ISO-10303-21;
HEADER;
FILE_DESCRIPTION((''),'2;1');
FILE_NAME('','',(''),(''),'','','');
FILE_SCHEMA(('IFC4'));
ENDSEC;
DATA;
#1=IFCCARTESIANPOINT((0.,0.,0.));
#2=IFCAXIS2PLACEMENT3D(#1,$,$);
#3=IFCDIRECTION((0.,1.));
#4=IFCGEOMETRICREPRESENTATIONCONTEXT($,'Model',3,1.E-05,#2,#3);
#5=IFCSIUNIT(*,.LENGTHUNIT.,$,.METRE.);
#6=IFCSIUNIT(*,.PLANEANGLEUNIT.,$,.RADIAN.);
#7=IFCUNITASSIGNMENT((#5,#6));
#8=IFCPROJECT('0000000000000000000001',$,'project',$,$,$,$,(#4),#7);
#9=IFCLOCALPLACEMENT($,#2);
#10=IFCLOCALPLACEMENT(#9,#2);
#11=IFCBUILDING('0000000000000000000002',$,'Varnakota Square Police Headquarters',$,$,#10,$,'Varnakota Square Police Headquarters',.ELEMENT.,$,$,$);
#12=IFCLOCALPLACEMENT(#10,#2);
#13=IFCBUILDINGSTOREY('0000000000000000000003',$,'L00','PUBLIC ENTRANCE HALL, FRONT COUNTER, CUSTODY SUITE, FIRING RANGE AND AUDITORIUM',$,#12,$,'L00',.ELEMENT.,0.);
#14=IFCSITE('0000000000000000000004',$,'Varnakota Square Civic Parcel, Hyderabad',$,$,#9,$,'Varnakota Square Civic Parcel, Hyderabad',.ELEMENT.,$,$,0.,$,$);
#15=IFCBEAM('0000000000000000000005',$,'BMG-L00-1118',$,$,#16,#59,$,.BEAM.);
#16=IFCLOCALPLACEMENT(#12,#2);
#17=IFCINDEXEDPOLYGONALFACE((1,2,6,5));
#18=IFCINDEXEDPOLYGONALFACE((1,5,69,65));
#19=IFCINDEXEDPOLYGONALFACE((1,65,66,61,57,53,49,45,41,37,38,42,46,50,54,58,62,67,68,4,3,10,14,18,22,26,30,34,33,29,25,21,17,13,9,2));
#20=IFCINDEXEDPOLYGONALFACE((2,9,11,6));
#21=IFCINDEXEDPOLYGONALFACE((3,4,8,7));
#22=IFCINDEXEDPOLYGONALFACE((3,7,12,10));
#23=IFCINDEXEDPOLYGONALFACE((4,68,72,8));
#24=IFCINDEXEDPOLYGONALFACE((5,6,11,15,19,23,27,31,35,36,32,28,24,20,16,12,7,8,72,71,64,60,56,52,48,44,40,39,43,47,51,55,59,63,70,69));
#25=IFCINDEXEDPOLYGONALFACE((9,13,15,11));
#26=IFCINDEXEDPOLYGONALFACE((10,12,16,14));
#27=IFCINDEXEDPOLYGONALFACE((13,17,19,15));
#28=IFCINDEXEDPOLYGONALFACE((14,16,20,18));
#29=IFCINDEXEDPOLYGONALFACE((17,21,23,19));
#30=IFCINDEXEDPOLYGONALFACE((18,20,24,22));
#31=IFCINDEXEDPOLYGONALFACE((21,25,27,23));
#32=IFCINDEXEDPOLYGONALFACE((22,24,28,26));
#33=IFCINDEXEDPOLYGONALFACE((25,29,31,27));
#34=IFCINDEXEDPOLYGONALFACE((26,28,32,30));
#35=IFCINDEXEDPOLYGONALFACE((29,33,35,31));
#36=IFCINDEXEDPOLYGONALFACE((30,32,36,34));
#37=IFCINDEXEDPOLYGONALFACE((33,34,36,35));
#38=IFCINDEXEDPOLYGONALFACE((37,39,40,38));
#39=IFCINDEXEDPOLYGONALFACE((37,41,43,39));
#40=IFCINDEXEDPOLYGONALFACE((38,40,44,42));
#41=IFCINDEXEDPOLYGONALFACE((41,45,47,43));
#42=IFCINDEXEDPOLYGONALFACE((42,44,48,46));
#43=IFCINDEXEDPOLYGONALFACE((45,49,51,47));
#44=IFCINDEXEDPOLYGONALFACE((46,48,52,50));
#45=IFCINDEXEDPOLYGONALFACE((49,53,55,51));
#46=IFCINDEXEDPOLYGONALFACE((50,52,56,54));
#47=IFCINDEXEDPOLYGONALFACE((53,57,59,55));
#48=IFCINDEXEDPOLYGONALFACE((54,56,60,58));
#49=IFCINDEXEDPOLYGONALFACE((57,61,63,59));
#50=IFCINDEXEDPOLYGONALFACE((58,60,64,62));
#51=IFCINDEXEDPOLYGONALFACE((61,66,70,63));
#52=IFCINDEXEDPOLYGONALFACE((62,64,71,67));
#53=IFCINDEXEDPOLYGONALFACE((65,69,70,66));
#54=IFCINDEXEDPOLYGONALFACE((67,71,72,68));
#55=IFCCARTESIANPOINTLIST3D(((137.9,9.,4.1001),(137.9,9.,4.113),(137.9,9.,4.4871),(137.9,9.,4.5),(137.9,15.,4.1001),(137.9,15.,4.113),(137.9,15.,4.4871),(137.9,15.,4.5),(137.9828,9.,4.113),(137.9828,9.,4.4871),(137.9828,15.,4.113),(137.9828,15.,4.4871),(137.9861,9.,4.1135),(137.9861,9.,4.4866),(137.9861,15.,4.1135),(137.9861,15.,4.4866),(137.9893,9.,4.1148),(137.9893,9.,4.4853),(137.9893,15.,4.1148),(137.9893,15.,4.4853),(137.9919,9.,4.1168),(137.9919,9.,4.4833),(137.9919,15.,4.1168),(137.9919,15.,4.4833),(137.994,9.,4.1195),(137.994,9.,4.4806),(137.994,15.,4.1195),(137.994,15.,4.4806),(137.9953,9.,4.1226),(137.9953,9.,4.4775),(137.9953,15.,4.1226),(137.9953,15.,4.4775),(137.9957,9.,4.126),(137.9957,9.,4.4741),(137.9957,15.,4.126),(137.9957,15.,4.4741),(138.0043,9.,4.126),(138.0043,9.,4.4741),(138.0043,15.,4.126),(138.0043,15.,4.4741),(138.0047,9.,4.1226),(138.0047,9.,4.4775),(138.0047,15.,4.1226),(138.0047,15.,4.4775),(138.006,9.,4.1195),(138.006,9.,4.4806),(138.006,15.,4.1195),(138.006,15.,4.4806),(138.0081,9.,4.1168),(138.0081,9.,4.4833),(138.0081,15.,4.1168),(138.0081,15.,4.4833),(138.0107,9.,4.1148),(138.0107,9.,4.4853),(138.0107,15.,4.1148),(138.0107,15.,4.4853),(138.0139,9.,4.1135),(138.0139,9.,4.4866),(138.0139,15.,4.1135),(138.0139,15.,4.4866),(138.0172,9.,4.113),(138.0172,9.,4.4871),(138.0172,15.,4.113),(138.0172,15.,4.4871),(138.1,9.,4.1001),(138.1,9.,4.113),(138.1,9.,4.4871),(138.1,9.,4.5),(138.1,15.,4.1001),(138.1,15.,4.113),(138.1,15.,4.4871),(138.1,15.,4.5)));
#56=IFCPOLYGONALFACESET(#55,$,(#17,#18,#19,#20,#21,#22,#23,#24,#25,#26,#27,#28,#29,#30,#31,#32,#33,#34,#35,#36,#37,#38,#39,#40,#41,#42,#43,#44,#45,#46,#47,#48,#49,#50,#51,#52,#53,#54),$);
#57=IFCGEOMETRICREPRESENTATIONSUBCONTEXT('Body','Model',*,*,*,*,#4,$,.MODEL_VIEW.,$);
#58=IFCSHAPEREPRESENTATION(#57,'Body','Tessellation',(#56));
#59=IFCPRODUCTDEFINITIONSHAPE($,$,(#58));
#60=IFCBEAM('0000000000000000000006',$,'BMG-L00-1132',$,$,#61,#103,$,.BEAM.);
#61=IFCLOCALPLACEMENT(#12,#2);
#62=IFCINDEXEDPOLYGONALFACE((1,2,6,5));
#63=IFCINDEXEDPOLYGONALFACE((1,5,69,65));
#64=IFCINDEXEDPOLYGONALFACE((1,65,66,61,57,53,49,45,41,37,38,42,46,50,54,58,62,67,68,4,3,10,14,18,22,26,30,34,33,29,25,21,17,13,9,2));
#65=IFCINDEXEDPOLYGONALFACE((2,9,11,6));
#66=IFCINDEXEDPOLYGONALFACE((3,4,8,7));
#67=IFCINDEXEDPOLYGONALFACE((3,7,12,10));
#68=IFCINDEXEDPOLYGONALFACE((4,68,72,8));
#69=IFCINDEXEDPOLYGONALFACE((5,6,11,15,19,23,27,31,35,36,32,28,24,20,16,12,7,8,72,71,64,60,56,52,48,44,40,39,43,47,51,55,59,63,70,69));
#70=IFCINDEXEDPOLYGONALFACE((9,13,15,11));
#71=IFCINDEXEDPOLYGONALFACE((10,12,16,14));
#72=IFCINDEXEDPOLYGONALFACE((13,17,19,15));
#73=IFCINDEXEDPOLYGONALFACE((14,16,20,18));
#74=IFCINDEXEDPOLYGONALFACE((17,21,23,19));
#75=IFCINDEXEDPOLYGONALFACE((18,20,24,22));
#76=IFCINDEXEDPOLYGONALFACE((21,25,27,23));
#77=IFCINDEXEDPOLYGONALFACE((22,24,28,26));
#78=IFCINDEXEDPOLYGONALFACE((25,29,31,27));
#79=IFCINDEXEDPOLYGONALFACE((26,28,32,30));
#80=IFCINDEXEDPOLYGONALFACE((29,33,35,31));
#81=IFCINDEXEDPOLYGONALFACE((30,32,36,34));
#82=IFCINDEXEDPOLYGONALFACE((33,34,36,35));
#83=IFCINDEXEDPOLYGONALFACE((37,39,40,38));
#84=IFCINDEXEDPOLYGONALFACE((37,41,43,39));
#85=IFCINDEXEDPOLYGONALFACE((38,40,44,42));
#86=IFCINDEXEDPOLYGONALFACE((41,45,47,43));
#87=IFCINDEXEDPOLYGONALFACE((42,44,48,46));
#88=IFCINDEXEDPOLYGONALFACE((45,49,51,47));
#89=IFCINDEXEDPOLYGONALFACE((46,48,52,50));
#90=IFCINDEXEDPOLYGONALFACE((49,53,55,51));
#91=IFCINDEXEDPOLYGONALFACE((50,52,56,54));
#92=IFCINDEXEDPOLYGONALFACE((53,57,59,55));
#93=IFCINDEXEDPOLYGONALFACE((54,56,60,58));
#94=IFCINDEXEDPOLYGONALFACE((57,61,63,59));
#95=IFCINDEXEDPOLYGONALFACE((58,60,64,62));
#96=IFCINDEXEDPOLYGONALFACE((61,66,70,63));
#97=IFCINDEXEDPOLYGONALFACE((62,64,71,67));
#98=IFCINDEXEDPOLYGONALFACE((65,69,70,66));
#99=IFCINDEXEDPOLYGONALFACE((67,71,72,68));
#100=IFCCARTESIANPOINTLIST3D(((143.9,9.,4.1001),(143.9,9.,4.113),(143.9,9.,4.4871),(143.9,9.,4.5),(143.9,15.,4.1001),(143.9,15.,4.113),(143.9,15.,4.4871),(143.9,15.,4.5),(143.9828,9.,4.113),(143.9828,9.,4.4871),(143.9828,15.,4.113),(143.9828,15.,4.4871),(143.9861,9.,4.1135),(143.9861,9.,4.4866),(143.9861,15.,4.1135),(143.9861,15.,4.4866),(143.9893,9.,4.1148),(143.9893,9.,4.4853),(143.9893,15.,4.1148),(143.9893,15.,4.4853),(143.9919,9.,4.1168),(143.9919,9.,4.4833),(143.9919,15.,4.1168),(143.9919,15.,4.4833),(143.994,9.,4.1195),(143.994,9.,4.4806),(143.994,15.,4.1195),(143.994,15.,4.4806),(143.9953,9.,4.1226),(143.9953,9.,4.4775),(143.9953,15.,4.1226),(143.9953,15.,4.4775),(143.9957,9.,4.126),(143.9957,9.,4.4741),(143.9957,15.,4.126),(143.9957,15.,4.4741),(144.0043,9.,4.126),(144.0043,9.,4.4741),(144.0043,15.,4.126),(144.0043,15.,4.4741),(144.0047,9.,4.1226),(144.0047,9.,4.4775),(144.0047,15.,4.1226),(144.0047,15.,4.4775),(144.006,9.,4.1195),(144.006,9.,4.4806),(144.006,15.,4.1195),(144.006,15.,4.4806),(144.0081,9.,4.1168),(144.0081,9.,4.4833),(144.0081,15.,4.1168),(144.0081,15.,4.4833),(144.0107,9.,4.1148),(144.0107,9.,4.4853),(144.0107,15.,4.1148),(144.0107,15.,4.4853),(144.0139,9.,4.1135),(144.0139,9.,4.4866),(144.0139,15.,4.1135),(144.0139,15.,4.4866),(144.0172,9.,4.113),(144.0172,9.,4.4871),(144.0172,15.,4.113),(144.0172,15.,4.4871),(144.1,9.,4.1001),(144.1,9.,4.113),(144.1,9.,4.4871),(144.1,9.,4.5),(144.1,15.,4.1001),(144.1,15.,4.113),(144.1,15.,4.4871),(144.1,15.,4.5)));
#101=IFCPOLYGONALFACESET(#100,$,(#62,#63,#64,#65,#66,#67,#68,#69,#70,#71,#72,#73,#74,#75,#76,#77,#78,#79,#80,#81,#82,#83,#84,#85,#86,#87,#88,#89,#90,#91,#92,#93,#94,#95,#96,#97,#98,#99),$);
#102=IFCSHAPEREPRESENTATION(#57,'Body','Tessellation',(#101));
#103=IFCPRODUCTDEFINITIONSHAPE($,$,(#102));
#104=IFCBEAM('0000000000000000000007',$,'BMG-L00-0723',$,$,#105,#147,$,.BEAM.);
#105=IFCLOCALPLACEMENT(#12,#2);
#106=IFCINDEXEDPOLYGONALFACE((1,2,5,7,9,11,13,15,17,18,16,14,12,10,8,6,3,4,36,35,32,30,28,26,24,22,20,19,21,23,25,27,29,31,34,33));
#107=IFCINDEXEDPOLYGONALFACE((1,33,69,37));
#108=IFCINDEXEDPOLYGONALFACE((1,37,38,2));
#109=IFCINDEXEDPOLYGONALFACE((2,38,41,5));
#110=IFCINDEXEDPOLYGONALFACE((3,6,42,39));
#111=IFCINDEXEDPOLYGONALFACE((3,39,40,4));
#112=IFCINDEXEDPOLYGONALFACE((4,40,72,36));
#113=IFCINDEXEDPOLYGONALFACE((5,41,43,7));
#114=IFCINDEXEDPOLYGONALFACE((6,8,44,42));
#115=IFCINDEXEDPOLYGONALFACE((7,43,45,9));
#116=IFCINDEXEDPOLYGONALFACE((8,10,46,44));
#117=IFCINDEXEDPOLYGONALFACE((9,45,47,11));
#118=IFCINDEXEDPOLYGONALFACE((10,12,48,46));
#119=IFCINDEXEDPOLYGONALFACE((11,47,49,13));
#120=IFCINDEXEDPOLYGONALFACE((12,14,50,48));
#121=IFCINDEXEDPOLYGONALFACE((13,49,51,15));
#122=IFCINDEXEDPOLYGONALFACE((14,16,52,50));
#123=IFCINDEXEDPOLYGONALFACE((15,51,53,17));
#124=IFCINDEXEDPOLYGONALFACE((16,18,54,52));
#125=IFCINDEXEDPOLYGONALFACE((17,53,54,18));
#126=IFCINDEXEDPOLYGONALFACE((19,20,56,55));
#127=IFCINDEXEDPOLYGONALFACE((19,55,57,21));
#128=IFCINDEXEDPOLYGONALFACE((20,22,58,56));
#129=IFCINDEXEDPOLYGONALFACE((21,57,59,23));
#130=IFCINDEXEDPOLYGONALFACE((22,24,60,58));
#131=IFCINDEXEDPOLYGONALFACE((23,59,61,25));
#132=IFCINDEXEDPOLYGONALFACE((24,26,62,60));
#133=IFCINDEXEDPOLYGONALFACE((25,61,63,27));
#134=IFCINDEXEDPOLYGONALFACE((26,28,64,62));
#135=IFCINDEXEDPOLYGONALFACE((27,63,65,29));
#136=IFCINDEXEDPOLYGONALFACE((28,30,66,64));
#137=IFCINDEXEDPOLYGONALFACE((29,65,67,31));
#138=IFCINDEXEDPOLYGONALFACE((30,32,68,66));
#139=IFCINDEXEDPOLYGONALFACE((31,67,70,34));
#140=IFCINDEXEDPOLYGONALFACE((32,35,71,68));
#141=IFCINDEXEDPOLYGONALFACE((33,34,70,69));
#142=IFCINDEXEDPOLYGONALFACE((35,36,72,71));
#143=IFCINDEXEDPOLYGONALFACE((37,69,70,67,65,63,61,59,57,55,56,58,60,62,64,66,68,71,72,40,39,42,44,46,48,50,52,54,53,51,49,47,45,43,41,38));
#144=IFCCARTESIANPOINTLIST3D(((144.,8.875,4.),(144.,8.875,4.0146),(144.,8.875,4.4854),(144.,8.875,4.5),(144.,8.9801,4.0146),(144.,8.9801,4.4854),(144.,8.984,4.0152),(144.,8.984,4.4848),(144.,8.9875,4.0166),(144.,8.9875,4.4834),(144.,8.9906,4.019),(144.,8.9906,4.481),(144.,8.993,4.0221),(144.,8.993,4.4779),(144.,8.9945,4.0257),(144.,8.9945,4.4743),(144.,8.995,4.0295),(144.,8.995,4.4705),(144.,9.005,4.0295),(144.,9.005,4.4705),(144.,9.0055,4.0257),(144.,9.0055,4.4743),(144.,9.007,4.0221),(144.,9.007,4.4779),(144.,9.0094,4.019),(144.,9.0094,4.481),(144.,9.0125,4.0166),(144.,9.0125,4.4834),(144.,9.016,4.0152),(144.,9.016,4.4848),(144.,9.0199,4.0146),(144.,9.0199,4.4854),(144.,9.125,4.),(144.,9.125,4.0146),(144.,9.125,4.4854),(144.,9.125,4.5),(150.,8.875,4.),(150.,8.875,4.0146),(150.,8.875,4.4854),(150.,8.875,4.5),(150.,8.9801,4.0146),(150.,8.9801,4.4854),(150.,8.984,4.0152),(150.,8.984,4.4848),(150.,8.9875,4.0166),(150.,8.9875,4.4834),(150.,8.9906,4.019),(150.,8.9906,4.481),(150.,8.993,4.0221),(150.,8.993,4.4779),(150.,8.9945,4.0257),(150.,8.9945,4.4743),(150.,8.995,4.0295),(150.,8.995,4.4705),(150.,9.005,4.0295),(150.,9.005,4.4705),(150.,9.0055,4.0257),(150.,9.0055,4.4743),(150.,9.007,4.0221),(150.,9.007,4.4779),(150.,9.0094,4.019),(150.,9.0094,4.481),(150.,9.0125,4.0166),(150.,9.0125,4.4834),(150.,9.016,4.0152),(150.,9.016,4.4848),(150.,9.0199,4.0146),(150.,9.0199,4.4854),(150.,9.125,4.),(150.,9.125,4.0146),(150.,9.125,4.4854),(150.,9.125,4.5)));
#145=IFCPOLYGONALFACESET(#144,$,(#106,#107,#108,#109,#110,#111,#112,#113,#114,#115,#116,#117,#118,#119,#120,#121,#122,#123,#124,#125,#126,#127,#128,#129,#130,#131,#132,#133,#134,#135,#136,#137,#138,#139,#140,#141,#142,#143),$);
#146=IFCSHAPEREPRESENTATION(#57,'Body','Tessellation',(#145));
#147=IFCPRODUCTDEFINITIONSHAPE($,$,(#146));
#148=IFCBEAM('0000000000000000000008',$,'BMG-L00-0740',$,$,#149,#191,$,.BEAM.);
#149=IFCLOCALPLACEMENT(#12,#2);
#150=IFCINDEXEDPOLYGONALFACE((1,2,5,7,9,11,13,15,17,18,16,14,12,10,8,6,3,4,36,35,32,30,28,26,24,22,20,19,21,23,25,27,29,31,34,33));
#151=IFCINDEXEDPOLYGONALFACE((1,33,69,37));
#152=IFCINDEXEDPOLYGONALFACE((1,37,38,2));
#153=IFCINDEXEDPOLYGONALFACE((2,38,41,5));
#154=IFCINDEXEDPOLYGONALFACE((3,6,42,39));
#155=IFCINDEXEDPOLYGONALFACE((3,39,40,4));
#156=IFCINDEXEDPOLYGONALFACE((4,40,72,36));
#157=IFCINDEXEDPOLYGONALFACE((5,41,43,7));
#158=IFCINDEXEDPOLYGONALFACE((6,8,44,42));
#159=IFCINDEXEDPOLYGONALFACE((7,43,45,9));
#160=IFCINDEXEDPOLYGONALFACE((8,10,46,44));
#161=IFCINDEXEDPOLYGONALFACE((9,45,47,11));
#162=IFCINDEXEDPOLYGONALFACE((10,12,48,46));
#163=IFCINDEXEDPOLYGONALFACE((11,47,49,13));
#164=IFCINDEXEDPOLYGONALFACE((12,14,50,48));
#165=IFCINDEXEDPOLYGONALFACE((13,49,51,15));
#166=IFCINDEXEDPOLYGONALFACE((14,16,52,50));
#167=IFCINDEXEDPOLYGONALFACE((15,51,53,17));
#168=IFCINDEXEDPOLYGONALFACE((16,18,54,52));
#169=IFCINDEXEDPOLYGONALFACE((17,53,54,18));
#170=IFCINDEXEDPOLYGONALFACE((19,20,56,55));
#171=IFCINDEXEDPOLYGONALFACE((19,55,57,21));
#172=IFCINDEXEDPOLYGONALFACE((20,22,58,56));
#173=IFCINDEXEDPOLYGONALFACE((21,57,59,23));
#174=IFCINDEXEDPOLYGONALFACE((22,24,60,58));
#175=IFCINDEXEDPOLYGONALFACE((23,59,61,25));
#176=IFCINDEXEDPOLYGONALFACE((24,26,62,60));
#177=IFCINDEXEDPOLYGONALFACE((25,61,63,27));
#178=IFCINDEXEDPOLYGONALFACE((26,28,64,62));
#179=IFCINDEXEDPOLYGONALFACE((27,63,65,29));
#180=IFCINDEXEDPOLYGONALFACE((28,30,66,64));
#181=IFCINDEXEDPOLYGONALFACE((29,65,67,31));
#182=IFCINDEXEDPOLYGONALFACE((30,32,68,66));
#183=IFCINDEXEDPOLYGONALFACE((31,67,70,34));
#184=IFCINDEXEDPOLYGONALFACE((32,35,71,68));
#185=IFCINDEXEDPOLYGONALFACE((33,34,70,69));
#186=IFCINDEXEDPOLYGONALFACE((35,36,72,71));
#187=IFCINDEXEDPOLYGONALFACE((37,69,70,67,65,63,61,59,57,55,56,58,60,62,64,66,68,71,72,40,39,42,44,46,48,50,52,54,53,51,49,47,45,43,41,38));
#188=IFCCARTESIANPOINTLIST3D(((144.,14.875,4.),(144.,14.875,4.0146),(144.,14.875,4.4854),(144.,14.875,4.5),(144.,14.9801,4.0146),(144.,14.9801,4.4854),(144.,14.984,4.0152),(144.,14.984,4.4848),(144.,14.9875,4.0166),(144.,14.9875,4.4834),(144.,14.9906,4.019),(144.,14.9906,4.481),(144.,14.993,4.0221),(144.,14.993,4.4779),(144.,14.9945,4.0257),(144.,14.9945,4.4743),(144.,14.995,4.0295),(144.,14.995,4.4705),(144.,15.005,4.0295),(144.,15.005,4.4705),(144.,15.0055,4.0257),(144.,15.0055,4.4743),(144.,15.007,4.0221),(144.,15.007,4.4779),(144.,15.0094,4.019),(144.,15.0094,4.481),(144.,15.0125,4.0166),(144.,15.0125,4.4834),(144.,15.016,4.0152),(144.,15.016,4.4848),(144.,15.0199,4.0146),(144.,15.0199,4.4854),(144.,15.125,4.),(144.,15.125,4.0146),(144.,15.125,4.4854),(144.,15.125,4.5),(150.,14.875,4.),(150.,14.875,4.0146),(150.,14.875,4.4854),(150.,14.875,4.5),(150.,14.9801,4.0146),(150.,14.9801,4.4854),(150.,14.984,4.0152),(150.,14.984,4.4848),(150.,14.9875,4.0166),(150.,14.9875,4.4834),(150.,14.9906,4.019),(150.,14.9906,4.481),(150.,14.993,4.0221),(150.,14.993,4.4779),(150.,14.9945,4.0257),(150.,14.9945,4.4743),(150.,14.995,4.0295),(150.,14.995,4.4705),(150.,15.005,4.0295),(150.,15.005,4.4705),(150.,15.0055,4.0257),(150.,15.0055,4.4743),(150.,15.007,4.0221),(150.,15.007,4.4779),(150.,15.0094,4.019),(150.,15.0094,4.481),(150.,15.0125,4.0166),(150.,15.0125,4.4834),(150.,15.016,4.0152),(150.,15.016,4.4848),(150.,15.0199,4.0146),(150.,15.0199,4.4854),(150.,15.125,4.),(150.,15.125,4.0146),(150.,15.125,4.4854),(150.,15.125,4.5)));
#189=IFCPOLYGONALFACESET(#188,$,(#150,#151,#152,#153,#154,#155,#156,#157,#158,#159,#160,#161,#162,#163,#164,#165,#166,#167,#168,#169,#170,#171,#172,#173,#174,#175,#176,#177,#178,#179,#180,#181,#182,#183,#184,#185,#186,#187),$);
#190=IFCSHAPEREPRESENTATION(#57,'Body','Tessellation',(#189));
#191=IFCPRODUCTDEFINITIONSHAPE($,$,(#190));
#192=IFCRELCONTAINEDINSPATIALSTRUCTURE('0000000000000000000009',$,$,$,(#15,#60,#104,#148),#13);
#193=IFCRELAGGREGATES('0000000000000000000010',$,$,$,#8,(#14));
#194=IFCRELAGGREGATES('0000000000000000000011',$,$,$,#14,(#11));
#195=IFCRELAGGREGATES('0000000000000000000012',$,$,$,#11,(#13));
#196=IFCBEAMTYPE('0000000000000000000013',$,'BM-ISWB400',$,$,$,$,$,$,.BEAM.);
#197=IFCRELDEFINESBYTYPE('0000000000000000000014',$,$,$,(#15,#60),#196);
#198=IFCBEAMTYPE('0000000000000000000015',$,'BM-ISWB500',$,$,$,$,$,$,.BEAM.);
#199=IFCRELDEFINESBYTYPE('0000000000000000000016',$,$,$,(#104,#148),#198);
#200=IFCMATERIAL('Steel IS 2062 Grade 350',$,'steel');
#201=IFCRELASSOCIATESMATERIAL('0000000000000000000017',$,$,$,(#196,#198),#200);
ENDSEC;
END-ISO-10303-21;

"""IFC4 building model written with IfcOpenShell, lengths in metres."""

from ifc_helpers import new_model, si_unit, direction, frame, origin, origin_2d, place, context, subcontext, project, spatial, i_section, extrude, material, material_profile, profile_set, type_object, element, save


model = new_model("IFC4")

# Units and contexts
model_context = context("Model", 3, precision=1e-05, world=origin(), true_north=direction((0.0, 1.0)))
body_context = subcontext(model_context, "Body", "Model", "MODEL_VIEW")
ifc_project = project(units=[si_unit("LENGTHUNIT", "METRE"), si_unit("PLANEANGLEUNIT", "RADIAN")], contexts=[model_context])

# Site, building, storey
site_placement = place(None, origin())
site = spatial("IfcSite", under=ifc_project, at=site_placement, Name="Varnakota Square Civic Parcel, Hyderabad", LongName="Varnakota Square Civic Parcel, Hyderabad", CompositionType="ELEMENT", RefElevation=0.0)
building_placement = place(site_placement, origin())
building = spatial("IfcBuilding", under=site, at=building_placement, Name="Varnakota Square Police Headquarters", LongName="Varnakota Square Police Headquarters", CompositionType="ELEMENT")
storey_placement = place(building_placement, origin())
storey = spatial("IfcBuildingStorey", under=building, at=storey_placement, Name="L00", Description="PUBLIC ENTRANCE HALL, FRONT COUNTER, CUSTODY SUITE, FIRING RANGE AND AUDITORIUM", LongName="L00", CompositionType="ELEMENT", Elevation=0.0)

# Beams
ifc_material_1 = material(Name="Steel IS 2062 Grade 350", Category="steel")
ifc_material_profile_1 = material_profile(ifc_material_1, i_section(OverallWidth=0.2, OverallDepth=0.3999, WebThickness=0.0085, FlangeThickness=0.0129, FilletRadius=0.0129, at=origin_2d()), Name="ISWB 400")
ifc_profile_set_1 = profile_set([ifc_material_profile_1], Name="Steel IS 2062 Grade 350")
beam_type_1 = type_object("IfcBeamType", Name="BM-ISWB400", PredefinedType="BEAM", material=ifc_profile_set_1)
for number, where, z_axis, x_axis, name in (
    (1, (138.0, 9.0, 4.3), (0.0, 1.0, 0.0), (-1.0, 0.0, 0.0), "BMG-L00-1118"),
    (2, (144.0, 9.0, 4.3), (0.0, 1.0, 0.0), (-1.0, 0.0, 0.0), "BMG-L00-1132"),
):
    element("IfcBeam", number, at=place(storey_placement, frame(where, z_axis=z_axis, x_axis=x_axis)), inside=storey, type_object=beam_type_1, Name=name, PredefinedType="BEAM", context=body_context, shape_type="SweptSolid", body=[
        extrude(i_section(OverallWidth=0.2, OverallDepth=0.3999, WebThickness=0.0085, FlangeThickness=0.0129, FilletRadius=0.0129, at=origin_2d()), origin(), (0.0, 0.0, 1.0), 6.0),
    ])
ifc_material_profile_2 = material_profile(ifc_material_1, i_section(OverallWidth=0.25, OverallDepth=0.5, WebThickness=0.01, FlangeThickness=0.0146, FilletRadius=0.0149, at=origin_2d()), Name="ISWB 500")
ifc_profile_set_2 = profile_set([ifc_material_profile_2], Name="Steel IS 2062 Grade 350")
beam_type_2 = type_object("IfcBeamType", Name="BM-ISWB500", PredefinedType="BEAM", material=ifc_profile_set_2)
for number, where, z_axis, x_axis, name in (
    (3, (144.0, 9.0, 4.25), (1.0, 0.0, 0.0), (0.0, 1.0, 0.0), "BMG-L00-0723"),
    (4, (144.0, 15.0, 4.25), (1.0, 0.0, 0.0), (0.0, 1.0, 0.0), "BMG-L00-0740"),
):
    element("IfcBeam", number, at=place(storey_placement, frame(where, z_axis=z_axis, x_axis=x_axis)), inside=storey, type_object=beam_type_2, Name=name, PredefinedType="BEAM", context=body_context, shape_type="SweptSolid", body=[
        extrude(i_section(OverallWidth=0.25, OverallDepth=0.5, WebThickness=0.01, FlangeThickness=0.0146, FilletRadius=0.0149, at=origin_2d()), origin(), (0.0, 0.0, 1.0), 6.0),
    ])

save(model, "model.ifc")
